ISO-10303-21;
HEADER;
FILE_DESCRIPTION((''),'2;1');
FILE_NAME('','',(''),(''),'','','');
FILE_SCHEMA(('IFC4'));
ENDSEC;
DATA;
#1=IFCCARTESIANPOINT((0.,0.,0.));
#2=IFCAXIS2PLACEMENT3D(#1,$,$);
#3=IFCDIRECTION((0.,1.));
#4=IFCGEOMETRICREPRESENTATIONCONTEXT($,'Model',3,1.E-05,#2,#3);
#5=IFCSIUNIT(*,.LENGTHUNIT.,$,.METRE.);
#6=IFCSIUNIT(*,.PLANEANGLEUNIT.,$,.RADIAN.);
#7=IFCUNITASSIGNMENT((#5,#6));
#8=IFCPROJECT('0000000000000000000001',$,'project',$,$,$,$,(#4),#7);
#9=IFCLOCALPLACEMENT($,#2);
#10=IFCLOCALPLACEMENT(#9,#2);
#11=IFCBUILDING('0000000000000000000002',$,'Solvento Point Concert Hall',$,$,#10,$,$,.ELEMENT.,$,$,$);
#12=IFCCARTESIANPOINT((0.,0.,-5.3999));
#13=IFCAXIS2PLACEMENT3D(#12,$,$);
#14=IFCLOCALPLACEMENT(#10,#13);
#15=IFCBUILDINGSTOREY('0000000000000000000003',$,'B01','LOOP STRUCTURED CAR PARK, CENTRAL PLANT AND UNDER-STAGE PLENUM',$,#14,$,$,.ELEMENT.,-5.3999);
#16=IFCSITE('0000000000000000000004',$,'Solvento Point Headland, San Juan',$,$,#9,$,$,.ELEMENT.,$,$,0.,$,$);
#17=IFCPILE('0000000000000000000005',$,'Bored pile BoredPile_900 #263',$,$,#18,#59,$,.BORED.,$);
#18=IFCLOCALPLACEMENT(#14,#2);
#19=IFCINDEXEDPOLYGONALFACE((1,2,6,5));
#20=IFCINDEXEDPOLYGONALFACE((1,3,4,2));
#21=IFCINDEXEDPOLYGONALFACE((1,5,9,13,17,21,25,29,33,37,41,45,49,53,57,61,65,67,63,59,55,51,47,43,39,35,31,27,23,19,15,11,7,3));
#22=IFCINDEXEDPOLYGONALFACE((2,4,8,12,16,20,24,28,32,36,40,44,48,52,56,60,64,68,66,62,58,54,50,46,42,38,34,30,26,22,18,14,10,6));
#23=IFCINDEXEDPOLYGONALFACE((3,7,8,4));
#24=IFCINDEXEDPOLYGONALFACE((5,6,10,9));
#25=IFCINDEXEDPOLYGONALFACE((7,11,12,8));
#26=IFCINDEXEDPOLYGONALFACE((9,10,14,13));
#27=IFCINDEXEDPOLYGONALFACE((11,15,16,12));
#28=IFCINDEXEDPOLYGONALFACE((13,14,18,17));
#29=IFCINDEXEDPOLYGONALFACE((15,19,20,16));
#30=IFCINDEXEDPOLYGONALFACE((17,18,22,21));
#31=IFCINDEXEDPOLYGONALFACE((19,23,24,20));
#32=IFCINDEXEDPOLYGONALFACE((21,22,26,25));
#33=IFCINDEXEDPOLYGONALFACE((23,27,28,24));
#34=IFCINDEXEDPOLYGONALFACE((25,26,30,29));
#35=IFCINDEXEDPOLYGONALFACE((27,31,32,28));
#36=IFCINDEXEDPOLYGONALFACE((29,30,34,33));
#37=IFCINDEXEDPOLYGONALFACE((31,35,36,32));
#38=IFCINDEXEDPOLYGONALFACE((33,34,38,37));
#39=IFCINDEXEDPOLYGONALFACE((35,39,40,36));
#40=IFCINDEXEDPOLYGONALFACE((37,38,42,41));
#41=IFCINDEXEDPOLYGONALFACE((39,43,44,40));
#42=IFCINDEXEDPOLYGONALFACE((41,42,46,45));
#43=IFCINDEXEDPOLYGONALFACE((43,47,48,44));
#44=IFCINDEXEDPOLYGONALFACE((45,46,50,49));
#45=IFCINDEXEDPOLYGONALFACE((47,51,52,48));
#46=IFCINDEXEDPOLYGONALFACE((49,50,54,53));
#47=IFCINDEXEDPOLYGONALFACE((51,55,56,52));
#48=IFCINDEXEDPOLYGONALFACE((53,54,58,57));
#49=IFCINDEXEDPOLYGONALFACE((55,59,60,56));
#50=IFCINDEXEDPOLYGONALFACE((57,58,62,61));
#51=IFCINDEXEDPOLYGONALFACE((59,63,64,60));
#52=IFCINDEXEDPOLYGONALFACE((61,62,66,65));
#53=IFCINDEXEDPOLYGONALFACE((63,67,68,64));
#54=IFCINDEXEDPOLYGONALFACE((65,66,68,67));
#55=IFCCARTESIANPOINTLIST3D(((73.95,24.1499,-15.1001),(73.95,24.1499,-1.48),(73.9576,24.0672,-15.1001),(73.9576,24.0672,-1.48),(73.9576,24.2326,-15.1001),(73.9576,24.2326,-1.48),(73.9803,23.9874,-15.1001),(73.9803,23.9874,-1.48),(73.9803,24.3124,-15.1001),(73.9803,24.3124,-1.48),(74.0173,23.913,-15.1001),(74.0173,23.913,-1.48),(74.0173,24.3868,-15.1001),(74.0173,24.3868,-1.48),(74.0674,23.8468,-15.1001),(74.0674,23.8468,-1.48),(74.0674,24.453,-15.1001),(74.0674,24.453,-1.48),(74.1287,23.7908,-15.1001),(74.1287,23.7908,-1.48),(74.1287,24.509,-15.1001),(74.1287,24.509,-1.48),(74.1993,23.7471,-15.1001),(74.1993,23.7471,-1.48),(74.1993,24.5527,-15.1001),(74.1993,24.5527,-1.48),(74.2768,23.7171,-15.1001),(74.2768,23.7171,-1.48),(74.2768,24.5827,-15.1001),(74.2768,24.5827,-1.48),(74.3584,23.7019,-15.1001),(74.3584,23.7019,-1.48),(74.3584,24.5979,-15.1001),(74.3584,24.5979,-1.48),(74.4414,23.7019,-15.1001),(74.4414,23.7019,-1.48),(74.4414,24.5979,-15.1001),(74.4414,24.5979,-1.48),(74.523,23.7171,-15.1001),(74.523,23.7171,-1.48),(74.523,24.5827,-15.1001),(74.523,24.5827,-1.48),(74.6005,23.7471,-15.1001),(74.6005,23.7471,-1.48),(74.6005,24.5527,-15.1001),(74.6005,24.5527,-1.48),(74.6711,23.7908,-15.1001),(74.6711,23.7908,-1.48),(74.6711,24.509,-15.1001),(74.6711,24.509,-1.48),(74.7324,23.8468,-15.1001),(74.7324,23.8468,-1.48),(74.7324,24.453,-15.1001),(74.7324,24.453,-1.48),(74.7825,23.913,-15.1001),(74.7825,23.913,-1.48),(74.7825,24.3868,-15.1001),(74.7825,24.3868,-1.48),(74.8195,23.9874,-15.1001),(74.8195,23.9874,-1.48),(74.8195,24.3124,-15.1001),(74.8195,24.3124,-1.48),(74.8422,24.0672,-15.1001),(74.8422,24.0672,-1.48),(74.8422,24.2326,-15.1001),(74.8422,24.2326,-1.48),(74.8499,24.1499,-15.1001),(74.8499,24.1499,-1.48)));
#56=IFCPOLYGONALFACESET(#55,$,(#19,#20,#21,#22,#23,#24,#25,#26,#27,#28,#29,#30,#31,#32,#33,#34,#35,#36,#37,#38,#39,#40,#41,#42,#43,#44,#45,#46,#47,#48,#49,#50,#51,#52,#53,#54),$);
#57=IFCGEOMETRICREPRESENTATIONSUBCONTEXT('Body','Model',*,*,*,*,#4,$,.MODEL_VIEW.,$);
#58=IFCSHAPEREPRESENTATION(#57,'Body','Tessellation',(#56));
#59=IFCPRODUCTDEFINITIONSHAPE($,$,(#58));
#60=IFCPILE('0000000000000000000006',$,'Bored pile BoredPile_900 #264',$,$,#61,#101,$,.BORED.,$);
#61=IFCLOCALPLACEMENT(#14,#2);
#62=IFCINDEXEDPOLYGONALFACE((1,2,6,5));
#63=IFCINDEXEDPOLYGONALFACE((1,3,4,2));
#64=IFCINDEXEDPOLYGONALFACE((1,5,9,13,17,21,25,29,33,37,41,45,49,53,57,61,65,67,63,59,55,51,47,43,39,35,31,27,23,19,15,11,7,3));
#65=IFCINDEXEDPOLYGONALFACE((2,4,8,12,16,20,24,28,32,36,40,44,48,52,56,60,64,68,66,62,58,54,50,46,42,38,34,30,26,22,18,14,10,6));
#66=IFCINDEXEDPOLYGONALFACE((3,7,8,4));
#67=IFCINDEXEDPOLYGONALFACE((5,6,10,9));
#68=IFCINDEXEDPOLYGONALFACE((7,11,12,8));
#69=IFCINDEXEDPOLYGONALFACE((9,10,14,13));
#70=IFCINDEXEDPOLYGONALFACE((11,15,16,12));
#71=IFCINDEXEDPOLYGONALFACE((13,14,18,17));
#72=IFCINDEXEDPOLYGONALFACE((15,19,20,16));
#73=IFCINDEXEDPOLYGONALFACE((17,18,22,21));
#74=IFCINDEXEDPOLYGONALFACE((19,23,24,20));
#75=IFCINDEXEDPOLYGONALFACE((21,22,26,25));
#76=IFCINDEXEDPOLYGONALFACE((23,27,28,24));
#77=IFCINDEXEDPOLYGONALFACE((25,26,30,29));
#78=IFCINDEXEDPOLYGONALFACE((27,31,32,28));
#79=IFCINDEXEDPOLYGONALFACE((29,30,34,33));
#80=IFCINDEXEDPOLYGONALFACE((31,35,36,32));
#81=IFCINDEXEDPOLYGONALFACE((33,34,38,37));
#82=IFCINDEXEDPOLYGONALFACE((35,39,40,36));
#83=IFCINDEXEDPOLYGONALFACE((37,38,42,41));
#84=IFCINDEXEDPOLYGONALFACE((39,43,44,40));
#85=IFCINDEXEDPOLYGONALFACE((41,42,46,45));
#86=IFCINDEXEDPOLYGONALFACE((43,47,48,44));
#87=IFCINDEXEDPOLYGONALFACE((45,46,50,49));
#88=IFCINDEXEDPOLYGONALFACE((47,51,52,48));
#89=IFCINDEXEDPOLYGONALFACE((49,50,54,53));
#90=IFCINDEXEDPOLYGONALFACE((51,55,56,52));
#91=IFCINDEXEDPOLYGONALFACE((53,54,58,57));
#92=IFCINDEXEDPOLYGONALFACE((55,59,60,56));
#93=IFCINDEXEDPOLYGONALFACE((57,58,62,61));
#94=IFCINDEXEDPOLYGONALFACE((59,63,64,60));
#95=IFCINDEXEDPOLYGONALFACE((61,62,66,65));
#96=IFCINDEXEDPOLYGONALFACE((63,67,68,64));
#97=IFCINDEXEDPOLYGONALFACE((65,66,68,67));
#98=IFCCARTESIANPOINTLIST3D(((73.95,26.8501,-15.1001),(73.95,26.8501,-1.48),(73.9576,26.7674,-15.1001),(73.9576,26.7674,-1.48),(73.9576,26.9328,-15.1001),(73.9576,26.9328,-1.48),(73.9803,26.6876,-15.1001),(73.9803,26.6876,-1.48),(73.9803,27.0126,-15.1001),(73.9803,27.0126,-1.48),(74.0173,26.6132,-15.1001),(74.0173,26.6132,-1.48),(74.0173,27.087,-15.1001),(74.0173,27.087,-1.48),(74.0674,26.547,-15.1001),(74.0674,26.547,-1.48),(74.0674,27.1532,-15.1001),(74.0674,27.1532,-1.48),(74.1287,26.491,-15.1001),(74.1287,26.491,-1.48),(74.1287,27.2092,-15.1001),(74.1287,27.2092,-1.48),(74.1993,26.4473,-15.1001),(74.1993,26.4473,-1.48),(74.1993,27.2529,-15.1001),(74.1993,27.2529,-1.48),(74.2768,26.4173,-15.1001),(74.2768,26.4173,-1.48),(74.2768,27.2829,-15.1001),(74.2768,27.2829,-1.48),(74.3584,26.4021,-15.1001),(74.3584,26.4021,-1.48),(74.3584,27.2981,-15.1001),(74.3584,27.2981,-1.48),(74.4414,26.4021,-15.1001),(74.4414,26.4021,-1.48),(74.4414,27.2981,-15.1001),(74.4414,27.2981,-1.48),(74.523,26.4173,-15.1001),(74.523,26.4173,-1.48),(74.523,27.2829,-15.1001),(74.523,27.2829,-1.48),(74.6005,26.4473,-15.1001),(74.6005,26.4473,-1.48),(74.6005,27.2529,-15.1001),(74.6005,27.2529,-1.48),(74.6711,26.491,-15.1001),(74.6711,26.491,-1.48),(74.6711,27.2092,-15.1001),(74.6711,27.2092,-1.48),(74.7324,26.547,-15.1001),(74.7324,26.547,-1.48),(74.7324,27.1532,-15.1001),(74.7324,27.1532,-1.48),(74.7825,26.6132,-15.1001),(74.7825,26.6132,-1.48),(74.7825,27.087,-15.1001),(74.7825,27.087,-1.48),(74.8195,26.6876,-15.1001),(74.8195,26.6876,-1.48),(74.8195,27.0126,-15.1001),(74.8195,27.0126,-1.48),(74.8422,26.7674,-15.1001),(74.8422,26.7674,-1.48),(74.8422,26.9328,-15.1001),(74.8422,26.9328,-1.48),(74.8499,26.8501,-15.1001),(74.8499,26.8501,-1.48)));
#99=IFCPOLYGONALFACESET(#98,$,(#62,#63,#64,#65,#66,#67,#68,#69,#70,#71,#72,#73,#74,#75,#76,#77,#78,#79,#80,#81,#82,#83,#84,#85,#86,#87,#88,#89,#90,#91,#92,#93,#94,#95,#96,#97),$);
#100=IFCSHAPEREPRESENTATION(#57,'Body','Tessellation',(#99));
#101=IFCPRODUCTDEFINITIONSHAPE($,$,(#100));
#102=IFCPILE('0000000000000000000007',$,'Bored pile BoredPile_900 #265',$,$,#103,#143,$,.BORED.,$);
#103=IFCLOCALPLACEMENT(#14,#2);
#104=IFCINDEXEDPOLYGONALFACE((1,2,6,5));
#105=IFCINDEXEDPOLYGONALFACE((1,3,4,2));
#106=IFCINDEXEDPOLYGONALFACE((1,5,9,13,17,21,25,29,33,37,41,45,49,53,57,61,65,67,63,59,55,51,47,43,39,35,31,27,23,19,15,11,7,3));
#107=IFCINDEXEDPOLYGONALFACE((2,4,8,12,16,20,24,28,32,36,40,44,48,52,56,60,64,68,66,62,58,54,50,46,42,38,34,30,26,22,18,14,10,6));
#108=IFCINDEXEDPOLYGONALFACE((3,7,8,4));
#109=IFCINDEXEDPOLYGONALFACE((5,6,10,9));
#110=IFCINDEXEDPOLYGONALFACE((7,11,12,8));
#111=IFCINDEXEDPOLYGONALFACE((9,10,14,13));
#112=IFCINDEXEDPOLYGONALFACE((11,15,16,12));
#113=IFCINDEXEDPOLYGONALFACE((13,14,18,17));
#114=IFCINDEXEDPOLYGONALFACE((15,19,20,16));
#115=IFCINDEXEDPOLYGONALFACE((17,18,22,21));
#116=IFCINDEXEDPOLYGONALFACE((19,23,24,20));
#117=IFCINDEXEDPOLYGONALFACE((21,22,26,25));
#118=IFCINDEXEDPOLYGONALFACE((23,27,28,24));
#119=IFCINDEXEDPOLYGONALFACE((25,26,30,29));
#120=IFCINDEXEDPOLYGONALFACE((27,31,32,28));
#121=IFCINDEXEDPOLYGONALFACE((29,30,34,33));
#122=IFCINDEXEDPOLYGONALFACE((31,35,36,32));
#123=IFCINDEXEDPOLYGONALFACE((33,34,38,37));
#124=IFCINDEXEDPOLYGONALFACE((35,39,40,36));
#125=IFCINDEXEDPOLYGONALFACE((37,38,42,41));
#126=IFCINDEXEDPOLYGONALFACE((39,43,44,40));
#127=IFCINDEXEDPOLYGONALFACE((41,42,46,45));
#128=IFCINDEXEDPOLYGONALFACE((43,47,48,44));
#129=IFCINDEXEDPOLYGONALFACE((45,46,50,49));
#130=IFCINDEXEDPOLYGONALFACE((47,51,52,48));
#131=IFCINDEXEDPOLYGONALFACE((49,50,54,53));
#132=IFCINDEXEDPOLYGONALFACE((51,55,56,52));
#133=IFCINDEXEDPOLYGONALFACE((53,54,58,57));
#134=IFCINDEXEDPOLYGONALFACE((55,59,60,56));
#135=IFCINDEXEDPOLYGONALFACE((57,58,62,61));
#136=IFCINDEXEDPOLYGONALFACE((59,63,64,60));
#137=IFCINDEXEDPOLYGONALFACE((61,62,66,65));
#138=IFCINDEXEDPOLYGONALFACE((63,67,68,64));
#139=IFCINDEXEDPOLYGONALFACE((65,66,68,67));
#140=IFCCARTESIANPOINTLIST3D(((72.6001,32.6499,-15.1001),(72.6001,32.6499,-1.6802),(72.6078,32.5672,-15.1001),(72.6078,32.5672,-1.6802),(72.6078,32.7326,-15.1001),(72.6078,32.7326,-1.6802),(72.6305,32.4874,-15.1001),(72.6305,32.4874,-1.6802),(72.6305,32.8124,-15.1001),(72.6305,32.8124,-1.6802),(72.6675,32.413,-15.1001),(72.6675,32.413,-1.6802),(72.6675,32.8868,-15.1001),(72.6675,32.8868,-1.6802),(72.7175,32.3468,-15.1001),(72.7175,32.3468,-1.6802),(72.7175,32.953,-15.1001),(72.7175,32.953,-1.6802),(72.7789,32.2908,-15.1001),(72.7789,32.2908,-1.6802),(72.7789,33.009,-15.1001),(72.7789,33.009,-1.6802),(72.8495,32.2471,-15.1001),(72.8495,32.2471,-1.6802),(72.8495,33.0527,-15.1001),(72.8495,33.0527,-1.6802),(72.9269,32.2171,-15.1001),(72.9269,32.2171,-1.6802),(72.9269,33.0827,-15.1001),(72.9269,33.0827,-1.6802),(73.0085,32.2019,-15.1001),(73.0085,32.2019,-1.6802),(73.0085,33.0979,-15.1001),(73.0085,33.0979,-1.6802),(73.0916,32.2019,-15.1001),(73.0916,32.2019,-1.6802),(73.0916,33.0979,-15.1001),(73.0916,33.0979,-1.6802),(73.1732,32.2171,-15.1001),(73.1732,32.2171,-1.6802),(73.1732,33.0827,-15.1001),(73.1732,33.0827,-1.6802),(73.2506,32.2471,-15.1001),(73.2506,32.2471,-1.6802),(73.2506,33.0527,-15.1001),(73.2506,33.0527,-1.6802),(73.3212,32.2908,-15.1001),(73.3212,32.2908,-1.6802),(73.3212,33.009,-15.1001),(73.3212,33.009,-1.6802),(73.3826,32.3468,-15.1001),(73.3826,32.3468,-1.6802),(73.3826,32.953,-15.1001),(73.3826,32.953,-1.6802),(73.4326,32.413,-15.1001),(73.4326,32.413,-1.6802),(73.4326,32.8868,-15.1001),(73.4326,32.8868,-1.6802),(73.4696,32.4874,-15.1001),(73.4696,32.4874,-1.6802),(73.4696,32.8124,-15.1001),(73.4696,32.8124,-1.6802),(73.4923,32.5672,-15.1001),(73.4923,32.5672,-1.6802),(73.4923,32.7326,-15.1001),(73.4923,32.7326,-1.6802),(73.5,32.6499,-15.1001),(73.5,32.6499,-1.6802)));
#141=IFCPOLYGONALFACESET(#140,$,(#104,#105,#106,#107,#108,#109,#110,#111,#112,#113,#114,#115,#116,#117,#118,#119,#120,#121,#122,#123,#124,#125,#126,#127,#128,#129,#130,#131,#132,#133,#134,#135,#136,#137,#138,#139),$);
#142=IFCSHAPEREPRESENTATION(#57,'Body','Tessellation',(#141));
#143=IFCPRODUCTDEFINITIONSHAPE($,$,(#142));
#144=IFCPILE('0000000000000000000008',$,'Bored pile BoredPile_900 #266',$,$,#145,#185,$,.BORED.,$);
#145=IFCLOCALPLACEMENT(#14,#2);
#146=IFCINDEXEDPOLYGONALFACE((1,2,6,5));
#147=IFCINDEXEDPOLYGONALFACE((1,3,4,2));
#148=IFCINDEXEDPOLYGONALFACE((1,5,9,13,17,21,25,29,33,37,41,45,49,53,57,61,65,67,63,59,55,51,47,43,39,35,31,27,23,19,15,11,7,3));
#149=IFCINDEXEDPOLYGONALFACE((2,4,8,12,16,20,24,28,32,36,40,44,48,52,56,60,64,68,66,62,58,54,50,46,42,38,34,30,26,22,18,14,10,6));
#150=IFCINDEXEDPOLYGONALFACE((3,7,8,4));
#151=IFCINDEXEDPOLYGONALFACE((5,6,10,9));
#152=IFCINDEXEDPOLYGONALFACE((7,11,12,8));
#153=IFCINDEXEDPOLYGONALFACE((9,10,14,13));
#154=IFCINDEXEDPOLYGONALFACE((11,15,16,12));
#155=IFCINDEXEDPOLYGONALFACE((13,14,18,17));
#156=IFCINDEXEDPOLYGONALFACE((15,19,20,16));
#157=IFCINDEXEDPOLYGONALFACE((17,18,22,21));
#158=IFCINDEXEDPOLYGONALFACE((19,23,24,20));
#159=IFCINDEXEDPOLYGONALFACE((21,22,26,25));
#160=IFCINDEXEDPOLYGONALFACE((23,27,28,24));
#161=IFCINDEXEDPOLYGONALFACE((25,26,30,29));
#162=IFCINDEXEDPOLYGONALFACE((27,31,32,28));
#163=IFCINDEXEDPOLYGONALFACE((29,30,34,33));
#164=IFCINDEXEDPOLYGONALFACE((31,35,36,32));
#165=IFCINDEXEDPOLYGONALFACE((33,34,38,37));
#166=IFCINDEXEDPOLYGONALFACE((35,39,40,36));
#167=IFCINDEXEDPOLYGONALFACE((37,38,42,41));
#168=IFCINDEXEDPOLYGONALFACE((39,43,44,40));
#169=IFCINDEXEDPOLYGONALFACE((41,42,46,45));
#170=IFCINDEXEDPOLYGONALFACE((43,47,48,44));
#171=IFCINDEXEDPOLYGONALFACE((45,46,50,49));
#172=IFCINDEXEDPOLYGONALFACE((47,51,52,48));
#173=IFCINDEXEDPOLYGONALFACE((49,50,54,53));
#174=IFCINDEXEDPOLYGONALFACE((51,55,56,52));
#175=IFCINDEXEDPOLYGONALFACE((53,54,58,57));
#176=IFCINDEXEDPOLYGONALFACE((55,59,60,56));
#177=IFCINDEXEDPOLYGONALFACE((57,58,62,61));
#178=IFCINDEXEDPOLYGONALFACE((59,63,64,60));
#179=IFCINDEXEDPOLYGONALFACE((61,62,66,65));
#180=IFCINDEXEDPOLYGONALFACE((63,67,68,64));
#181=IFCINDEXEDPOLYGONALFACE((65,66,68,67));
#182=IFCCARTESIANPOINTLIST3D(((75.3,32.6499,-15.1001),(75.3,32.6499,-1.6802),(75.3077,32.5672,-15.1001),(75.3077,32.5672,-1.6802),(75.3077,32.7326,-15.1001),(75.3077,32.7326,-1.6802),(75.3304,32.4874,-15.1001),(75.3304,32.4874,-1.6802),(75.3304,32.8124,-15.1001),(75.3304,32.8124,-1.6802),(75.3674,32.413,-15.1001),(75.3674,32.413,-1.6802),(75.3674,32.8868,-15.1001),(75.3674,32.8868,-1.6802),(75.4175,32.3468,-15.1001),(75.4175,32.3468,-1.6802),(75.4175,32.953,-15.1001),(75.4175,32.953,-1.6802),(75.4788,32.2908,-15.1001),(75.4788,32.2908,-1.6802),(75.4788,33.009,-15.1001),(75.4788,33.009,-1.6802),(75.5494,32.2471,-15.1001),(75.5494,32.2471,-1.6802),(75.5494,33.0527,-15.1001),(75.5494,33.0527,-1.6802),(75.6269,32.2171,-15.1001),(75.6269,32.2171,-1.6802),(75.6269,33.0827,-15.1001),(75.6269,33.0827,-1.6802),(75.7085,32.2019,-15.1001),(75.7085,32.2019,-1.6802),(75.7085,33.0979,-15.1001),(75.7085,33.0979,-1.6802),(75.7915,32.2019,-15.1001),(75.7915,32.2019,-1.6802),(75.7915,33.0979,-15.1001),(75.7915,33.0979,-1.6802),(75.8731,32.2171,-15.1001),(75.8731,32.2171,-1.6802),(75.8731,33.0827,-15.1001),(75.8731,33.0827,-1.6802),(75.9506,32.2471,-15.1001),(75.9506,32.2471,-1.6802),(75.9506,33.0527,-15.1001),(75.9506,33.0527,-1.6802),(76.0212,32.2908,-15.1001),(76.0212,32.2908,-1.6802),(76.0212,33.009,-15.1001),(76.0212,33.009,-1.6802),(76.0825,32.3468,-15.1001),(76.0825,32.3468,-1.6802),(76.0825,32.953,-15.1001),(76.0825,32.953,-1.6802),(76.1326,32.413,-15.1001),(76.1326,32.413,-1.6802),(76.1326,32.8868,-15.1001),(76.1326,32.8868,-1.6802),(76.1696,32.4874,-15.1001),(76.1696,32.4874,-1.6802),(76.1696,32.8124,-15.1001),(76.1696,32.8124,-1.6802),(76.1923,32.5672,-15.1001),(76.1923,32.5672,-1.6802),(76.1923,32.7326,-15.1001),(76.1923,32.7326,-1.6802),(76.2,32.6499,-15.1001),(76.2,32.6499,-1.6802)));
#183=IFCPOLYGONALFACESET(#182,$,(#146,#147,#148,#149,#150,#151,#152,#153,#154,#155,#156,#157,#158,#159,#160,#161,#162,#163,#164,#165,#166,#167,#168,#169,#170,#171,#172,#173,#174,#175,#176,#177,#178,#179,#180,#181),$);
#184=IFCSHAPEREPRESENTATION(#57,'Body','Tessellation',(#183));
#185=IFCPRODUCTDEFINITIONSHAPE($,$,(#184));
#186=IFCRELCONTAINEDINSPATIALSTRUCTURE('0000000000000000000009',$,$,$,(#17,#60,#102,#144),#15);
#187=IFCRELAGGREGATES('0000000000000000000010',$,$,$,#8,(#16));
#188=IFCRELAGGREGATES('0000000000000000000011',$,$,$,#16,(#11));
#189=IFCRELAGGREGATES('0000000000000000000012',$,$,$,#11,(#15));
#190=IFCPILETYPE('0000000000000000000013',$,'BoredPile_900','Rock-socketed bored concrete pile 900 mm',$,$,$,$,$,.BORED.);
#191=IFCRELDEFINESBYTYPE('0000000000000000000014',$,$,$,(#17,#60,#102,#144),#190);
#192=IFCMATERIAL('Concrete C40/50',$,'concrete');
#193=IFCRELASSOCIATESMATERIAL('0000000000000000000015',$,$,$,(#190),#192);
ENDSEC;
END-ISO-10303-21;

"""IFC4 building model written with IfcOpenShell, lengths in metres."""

from ifc_helpers import new_model, si_unit, direction, frame, origin, origin_2d, place, context, subcontext, project, spatial, circle, extrude, material, material_profile, profile_set, type_object, element, save


model = new_model("IFC4")

# Units and contexts
model_context = context("Model", 3, precision=1e-05, world=origin(), true_north=direction((0.0, 1.0)))
body_context = subcontext(model_context, "Body", "Model", "MODEL_VIEW")
ifc_project = project(units=[si_unit("LENGTHUNIT", "METRE"), si_unit("PLANEANGLEUNIT", "RADIAN")], contexts=[model_context])

# Site, building, storey
site_placement = place(None, origin())
site = spatial("IfcSite", under=ifc_project, at=site_placement, Name="Solvento Point Headland, San Juan", CompositionType="ELEMENT", RefElevation=0.0)
building_placement = place(site_placement, origin())
building = spatial("IfcBuilding", under=site, at=building_placement, Name="Solvento Point Concert Hall", CompositionType="ELEMENT")
storey_placement = place(building_placement, frame((0.0, 0.0, -5.3999)))
storey = spatial("IfcBuildingStorey", under=building, at=storey_placement, Name="B01", Description="LOOP STRUCTURED CAR PARK, CENTRAL PLANT AND UNDER-STAGE PLENUM", CompositionType="ELEMENT", Elevation=-5.3999)

# Piles
ifc_material_1 = material(Name="Concrete C40/50", Category="concrete")
ifc_material_profile_1 = material_profile(ifc_material_1, circle(Radius=0.45, at=origin_2d()), Name="BP-900")
ifc_profile_set_1 = profile_set([ifc_material_profile_1], Name="Concrete C40/50")
pile_type_1 = type_object("IfcPileType", Name="BoredPile_900", Description="Rock-socketed bored concrete pile 900 mm", PredefinedType="BORED", material=ifc_profile_set_1)
for number, where, z_axis, x_axis, name in (
    (1, (74.3999, 24.1499, -1.48), (0.0, 0.0, -1.0), (1.0, 0.0, 0.0), "Bored pile BoredPile_900 #263"),
    (2, (74.3999, 26.8501, -1.48), (0.0, 0.0, -1.0), (1.0, 0.0, 0.0), "Bored pile BoredPile_900 #264"),
):
    element("IfcPile", number, at=place(storey_placement, frame(where, z_axis=z_axis, x_axis=x_axis)), inside=storey, type_object=pile_type_1, Name=name, PredefinedType="BORED", context=body_context, shape_type="SweptSolid", body=[
        extrude(circle(Radius=0.45, at=origin_2d()), origin(), (0.0, 0.0, 1.0), 13.6201),
    ])
for number, where, z_axis, x_axis, name in (
    (3, (73.05, 32.6499, -1.6802), (0.0, 0.0, -1.0), (1.0, 0.0, 0.0), "Bored pile BoredPile_900 #265"),
    (4, (75.75, 32.6499, -1.6802), (0.0, 0.0, -1.0), (1.0, 0.0, 0.0), "Bored pile BoredPile_900 #266"),
):
    element("IfcPile", number, at=place(storey_placement, frame(where, z_axis=z_axis, x_axis=x_axis)), inside=storey, type_object=pile_type_1, Name=name, PredefinedType="BORED", context=body_context, shape_type="SweptSolid", body=[
        extrude(circle(Radius=0.45, at=origin_2d()), origin(), (0.0, 0.0, 1.0), 13.4199),
    ])

save(model, "model.ifc")
